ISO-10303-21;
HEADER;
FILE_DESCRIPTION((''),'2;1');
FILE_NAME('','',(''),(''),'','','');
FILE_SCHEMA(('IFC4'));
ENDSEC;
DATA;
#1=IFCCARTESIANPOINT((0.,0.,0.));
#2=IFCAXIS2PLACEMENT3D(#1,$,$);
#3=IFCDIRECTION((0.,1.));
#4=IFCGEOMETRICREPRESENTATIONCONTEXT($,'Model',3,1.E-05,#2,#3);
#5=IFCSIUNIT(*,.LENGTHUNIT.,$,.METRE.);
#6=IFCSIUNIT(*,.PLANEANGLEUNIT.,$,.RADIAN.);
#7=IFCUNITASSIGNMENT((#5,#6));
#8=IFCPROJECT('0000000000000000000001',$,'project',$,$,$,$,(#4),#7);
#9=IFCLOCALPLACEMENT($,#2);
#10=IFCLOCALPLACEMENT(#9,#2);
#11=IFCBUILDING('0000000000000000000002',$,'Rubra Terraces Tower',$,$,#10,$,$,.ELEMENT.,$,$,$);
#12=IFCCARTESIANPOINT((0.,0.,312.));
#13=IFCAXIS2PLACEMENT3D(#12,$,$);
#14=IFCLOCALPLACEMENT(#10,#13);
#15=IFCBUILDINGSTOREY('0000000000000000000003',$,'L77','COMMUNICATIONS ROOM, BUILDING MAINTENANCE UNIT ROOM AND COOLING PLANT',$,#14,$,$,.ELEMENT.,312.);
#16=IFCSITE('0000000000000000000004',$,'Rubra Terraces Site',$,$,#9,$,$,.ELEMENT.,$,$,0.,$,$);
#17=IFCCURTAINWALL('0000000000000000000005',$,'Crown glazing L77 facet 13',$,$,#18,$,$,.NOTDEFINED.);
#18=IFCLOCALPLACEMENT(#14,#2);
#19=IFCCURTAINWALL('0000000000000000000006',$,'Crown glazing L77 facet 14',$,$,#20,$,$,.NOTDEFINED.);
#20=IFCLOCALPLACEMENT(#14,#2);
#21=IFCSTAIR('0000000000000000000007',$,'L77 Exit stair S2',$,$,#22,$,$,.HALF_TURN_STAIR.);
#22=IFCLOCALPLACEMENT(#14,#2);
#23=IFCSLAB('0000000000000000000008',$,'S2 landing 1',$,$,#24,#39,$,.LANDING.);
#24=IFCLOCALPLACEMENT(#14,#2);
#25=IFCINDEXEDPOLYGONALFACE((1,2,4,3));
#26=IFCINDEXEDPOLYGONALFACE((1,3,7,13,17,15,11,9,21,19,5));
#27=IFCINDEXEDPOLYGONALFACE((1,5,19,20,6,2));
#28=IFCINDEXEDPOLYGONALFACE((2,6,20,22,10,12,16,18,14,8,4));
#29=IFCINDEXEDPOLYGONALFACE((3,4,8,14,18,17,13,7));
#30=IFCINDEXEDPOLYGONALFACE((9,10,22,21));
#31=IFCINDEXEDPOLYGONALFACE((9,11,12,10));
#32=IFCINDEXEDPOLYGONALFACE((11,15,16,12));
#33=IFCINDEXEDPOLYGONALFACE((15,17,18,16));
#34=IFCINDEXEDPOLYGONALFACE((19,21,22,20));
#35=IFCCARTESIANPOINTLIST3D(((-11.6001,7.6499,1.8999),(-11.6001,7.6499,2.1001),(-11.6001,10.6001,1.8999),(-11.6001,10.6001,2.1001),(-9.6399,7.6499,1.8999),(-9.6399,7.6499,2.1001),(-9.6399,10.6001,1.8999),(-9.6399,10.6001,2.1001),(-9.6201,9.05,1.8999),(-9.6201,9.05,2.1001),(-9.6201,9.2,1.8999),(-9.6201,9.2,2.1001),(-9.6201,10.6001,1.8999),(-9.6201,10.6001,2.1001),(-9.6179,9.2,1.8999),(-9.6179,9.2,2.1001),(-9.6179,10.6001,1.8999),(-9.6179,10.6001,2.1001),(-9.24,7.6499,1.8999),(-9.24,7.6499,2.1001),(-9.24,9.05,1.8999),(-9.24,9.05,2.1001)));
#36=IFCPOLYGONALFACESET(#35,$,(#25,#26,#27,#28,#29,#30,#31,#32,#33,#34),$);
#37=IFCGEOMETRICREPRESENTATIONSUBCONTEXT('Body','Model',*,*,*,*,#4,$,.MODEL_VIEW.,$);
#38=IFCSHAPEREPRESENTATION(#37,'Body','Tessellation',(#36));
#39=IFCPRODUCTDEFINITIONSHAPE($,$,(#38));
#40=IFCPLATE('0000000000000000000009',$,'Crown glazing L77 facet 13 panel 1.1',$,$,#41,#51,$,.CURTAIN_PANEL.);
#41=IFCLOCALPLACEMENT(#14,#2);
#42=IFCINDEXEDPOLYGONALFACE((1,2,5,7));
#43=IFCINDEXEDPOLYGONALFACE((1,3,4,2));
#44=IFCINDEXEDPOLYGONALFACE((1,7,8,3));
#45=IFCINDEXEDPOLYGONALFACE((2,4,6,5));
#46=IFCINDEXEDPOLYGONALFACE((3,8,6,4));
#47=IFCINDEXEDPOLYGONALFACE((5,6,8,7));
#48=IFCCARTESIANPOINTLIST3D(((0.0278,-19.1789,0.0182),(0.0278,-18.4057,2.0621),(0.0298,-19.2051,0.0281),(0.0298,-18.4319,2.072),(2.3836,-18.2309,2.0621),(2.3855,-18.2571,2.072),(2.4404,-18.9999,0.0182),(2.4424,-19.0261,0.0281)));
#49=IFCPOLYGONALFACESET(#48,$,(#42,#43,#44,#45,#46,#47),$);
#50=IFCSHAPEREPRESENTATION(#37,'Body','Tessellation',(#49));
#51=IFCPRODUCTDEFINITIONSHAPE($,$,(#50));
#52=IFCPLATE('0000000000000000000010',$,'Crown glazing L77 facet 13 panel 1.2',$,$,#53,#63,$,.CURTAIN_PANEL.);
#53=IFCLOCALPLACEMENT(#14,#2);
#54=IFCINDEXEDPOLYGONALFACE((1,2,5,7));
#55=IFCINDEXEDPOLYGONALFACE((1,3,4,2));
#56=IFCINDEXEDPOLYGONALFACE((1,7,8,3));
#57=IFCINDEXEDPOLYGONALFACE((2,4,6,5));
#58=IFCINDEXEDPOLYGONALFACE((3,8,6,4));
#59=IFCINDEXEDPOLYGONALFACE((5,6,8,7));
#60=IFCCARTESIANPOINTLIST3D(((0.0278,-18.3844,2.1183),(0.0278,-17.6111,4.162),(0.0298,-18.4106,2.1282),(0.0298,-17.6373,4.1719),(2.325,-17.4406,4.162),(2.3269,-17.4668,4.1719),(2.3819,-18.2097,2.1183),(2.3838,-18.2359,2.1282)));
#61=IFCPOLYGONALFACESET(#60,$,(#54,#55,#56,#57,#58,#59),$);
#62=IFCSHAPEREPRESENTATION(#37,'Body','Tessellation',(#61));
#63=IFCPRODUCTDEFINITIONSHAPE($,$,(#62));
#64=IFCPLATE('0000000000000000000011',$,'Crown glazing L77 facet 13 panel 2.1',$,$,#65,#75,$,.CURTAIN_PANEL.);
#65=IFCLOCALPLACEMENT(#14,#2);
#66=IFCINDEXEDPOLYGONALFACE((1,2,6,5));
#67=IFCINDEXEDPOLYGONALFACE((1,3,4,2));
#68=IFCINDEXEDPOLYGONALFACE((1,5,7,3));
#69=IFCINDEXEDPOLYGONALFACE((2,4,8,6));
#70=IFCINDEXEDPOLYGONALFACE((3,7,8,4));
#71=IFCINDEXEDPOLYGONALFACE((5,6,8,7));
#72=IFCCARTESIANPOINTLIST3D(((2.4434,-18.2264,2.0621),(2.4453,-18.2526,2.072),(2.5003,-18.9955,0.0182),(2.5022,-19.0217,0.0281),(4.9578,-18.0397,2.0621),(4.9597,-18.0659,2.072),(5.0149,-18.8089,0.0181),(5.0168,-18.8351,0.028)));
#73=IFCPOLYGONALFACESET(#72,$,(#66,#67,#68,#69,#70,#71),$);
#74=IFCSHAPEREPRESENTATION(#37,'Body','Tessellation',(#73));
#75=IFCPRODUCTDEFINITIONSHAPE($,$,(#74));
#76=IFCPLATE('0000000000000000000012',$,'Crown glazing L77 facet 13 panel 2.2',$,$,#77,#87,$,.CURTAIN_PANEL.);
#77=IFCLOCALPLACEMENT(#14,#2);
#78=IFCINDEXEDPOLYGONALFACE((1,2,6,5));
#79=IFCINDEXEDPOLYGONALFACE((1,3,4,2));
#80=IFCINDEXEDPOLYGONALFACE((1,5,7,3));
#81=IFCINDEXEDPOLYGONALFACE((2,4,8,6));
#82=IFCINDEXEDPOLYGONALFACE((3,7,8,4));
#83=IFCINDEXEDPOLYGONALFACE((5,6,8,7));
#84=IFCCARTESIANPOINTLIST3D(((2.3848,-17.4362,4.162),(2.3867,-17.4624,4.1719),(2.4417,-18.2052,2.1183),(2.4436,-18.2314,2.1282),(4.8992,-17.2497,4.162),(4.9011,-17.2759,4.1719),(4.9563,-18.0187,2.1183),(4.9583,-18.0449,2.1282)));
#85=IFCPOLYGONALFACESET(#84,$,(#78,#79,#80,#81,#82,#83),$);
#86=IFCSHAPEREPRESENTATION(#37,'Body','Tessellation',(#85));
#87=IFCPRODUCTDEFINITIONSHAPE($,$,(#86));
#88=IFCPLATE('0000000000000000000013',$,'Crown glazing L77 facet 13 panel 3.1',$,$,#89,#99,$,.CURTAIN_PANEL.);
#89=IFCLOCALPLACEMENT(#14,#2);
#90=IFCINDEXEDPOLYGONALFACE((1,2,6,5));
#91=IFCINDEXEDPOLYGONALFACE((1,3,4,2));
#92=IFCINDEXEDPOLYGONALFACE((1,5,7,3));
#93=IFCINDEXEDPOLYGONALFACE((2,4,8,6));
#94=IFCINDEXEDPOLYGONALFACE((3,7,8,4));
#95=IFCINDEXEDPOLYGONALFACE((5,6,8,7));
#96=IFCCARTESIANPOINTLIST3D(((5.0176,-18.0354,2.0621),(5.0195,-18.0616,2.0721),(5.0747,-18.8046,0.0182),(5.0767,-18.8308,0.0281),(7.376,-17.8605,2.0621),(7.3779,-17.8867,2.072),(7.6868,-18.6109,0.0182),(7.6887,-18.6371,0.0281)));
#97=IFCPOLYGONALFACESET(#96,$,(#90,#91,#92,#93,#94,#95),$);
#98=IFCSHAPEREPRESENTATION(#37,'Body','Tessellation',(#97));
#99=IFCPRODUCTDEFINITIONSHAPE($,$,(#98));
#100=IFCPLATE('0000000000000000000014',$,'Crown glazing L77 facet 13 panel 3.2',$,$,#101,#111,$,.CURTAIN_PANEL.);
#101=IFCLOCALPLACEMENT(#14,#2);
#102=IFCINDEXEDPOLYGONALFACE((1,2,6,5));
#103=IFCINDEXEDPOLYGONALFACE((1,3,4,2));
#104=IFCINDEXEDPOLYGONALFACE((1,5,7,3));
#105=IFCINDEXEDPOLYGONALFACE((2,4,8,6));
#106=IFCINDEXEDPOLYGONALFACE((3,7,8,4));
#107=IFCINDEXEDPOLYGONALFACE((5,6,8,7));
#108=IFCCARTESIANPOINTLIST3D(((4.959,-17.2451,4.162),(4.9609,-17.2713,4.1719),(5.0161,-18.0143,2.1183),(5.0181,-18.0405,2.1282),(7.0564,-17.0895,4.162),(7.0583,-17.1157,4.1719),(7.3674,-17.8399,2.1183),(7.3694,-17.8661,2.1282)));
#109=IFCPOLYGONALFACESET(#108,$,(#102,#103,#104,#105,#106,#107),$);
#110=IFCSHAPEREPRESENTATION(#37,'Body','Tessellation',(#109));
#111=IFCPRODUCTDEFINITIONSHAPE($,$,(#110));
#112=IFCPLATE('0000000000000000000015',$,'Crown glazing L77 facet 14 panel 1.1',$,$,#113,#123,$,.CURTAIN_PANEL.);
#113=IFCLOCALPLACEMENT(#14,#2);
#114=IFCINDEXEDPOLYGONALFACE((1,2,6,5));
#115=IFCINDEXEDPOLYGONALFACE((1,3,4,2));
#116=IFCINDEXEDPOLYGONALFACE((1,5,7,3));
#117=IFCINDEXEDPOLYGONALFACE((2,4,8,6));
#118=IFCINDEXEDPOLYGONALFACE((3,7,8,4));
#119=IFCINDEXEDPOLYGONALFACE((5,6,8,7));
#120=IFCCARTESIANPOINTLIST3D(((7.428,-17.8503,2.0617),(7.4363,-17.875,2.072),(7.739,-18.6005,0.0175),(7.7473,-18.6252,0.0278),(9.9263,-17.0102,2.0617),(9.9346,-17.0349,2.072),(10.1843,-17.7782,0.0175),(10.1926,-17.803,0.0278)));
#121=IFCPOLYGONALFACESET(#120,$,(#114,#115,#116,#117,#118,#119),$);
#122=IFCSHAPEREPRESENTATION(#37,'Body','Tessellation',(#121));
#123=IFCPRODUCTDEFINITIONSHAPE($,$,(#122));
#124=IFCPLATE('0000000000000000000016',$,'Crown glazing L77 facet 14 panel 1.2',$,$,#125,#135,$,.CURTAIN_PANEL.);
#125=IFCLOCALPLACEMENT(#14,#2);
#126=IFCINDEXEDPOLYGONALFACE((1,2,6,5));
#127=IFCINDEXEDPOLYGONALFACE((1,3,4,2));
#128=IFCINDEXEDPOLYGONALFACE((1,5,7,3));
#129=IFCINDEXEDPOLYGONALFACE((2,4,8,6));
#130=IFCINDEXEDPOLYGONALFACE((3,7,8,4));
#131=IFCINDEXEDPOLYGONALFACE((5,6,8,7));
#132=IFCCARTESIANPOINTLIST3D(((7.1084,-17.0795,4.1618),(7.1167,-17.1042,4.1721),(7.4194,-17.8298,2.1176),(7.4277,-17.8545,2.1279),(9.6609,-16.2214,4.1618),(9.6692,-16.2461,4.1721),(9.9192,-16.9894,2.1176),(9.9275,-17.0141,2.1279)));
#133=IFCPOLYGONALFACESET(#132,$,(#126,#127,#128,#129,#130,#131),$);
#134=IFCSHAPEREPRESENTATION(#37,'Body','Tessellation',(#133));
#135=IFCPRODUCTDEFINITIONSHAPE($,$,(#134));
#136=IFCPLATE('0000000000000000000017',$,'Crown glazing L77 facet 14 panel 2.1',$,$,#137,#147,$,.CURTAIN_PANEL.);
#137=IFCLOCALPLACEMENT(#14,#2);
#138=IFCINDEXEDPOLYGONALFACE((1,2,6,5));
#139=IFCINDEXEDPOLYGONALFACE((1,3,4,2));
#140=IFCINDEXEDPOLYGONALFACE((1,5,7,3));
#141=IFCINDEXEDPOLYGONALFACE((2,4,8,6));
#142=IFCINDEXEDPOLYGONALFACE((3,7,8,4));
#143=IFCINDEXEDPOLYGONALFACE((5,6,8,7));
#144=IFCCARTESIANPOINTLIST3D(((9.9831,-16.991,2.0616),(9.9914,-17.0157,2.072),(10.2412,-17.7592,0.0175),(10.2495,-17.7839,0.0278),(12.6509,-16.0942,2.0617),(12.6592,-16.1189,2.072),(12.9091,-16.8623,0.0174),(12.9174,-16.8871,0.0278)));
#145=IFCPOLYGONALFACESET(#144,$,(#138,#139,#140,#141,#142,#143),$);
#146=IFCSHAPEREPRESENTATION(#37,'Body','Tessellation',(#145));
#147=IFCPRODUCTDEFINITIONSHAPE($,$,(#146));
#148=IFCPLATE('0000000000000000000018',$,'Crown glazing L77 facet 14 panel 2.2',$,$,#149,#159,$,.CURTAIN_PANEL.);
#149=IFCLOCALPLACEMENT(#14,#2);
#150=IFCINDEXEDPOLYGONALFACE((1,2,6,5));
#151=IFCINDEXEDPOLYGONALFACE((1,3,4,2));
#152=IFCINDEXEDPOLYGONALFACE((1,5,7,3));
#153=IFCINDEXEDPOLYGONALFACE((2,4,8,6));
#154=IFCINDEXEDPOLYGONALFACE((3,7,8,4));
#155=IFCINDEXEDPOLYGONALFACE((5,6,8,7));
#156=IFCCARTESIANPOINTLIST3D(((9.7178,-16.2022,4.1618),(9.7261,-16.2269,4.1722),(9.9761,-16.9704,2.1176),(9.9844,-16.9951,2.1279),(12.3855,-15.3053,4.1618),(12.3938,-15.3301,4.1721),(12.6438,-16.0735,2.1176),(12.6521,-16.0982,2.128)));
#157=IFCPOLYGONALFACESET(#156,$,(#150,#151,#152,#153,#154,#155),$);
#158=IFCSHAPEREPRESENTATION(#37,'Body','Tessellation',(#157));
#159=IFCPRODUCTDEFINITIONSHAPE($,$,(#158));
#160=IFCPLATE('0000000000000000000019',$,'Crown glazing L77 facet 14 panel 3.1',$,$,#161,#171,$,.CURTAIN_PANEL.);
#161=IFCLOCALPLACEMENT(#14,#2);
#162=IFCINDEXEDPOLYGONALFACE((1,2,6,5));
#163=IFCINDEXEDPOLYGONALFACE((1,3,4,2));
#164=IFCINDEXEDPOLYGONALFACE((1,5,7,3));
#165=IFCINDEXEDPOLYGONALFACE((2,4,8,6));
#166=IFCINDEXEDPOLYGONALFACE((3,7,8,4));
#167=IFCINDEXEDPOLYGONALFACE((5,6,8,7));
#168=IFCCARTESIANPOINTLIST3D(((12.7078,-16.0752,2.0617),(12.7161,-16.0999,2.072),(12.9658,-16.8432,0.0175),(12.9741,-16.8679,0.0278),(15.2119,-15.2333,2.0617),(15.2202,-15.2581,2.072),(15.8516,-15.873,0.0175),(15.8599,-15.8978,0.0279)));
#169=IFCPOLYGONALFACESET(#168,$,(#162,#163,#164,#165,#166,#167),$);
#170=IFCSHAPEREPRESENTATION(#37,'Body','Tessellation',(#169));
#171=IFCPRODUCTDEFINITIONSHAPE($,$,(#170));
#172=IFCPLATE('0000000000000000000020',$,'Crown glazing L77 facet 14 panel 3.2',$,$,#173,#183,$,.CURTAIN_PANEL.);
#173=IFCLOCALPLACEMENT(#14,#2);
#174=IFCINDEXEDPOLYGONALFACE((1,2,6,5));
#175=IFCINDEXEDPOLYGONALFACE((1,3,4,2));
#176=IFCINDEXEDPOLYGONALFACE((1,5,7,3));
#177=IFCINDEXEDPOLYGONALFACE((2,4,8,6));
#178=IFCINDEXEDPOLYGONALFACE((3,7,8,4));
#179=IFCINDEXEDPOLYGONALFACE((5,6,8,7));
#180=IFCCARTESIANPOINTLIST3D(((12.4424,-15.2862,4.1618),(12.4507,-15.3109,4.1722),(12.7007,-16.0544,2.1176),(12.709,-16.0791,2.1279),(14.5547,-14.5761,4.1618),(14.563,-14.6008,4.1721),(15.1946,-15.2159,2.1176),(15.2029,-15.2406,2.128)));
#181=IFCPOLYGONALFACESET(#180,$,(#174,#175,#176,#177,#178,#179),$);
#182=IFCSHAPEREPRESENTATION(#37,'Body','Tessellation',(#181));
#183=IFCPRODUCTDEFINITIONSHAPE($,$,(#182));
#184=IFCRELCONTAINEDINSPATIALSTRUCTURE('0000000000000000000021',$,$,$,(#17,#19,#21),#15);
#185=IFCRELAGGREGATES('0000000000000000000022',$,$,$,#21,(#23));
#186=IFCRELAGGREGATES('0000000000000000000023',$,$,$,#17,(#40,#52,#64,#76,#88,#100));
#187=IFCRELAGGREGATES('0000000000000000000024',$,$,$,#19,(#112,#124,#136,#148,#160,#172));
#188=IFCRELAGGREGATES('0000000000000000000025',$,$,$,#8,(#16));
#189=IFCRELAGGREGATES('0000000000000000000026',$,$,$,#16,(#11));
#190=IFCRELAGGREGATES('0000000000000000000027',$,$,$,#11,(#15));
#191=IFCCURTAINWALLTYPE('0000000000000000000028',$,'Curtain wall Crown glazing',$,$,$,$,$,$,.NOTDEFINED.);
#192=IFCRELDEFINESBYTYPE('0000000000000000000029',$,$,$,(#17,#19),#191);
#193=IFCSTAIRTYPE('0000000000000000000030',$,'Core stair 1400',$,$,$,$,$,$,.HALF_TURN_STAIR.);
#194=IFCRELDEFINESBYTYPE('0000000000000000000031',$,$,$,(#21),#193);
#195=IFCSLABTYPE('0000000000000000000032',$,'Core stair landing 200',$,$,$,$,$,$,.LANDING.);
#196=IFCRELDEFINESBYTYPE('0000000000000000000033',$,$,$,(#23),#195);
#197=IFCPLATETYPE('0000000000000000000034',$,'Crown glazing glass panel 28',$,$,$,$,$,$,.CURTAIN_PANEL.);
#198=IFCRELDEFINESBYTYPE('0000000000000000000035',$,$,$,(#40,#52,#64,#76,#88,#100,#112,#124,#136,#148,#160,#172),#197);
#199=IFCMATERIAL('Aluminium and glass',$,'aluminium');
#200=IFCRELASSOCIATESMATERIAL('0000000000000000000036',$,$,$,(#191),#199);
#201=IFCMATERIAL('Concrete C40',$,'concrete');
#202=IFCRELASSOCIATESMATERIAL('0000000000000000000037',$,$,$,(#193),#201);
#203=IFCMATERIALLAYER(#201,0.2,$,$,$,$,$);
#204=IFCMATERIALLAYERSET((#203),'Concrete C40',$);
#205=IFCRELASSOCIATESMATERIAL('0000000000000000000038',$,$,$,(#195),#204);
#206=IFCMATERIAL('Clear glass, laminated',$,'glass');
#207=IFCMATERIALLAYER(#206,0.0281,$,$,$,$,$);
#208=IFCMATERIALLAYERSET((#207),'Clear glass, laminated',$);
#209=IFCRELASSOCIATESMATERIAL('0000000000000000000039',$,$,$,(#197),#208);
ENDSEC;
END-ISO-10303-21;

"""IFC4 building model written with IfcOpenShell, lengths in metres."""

from ifc_helpers import new_model, si_unit, direction, frame, origin, place, context, subcontext, project, spatial, polyline, outline, extrude, material, layer, layer_set, type_object, element, aggregate, save


model = new_model("IFC4")

# Units and contexts
model_context = context("Model", 3, precision=1e-05, world=origin(), true_north=direction((0.0, 1.0)))
body_context = subcontext(model_context, "Body", "Model", "MODEL_VIEW")
ifc_project = project(units=[si_unit("LENGTHUNIT", "METRE"), si_unit("PLANEANGLEUNIT", "RADIAN")], contexts=[model_context])

# Site, building, storey
site_placement = place(None, origin())
site = spatial("IfcSite", under=ifc_project, at=site_placement, Name="Rubra Terraces Site", CompositionType="ELEMENT", RefElevation=0.0)
building_placement = place(site_placement, origin())
building = spatial("IfcBuilding", under=site, at=building_placement, Name="Rubra Terraces Tower", CompositionType="ELEMENT")
storey_placement = place(building_placement, frame((0.0, 0.0, 312.0)))
storey = spatial("IfcBuildingStorey", under=building, at=storey_placement, Name="L77", Description="COMMUNICATIONS ROOM, BUILDING MAINTENANCE UNIT ROOM AND COOLING PLANT", CompositionType="ELEMENT", Elevation=312.0)

# Curtain walls
ifc_material_1 = material(Name="Aluminium and glass", Category="aluminium")
curtain_wall_type = type_object("IfcCurtainWallType", Name="Curtain wall Crown glazing", PredefinedType="NOTDEFINED", material=ifc_material_1)
curtain_wall_1_placement = place(storey_placement, origin())
curtain_wall_1 = element("IfcCurtainWall", 1, at=curtain_wall_1_placement, inside=storey, type_object=curtain_wall_type, Name="Crown glazing L77 facet 13", PredefinedType="NOTDEFINED")
curtain_wall_2_placement = place(storey_placement, origin())
curtain_wall_2 = element("IfcCurtainWall", 2, at=curtain_wall_2_placement, inside=storey, type_object=curtain_wall_type, Name="Crown glazing L77 facet 14", PredefinedType="NOTDEFINED")

# Shared definitions
ifc_material_2 = material(Name="Concrete C40", Category="concrete")

# Stair, slab
stair_type = type_object("IfcStairType", Name="Core stair 1400", PredefinedType="HALF_TURN_STAIR", material=ifc_material_2)
ifc_layer_1 = layer(ifc_material_2, 0.2)
ifc_layer_set_1 = layer_set([ifc_layer_1], Name="Concrete C40")
slab_type_1 = type_object("IfcSlabType", Name="Core stair landing 200", PredefinedType="LANDING", material=ifc_layer_set_1)
stair_1_placement = place(storey_placement, origin())
stair_1 = element("IfcStair", 3, at=stair_1_placement, inside=storey, type_object=stair_type, Name="L77 Exit stair S2", PredefinedType="HALF_TURN_STAIR")
slab_1_placement = place(storey_placement, frame((0.0, 0.0, 1.8999)))
slab_1 = element("IfcSlab", 4, at=slab_1_placement, type_object=slab_type_1, Name="S2 landing 1", PredefinedType="LANDING", context=body_context, shape_type="SweptSolid", body=[
    extrude(outline(polyline([(-9.24, 9.05), (-9.24, 7.6499), (-9.6399, 7.6499), (-11.6001, 7.6499), (-11.6001, 10.6001), (-9.6399, 10.6001), (-9.6201, 10.6001), (-9.6179, 10.6001), (-9.6179, 9.2), (-9.6201, 9.2), (-9.6201, 9.05), (-9.24, 9.05)])), origin(), (0.0, 0.0, 1.0), 0.2002),
])
aggregate(stair_1, [slab_1])

# Plates
ifc_material_3 = material(Name="Clear glass, laminated", Category="glass")
ifc_layer_2 = layer(ifc_material_3, 0.0281)
ifc_layer_set_2 = layer_set([ifc_layer_2], Name="Clear glass, laminated")
plate_type = type_object("IfcPlateType", Name="Crown glazing glass panel 28", PredefinedType="CURTAIN_PANEL", material=ifc_layer_set_2)
plate_1_placement = place(storey_placement, frame((0.0298, -19.2051, 0.0281), z_axis=(0.069224, -0.933066, 0.352981), x_axis=(0.997259, 0.073985, -0.000005)))
plate_1 = element("IfcPlate", 5, at=plate_1_placement, type_object=plate_type, Name="Crown glazing L77 facet 13 panel 1.1", PredefinedType="CURTAIN_PANEL", context=body_context, shape_type="SweptSolid", body=[
    extrude(outline(polyline([(0.0, 0.0), (2.4192, 0.0), (2.4194, 2.1846), (0.0572, 2.1846), (0.0, 0.0)])), origin(), (0.0, 0.0, -1.0), 0.0281),
])
plate_2_placement = place(storey_placement, frame((0.0298, -18.4106, 2.1282), z_axis=(0.069251, -0.933032, 0.353066), x_axis=(0.997257, 0.074023, 0.000012)))
plate_2 = element("IfcPlate", 6, at=plate_2_placement, type_object=plate_type, Name="Crown glazing L77 facet 13 panel 1.2", PredefinedType="CURTAIN_PANEL", context=body_context, shape_type="SweptSolid", body=[
    extrude(outline(polyline([(0.0, 0.0), (2.3605, 0.0), (2.3607, 2.1843), (0.0573, 2.1844), (0.0, 0.0)])), origin(), (0.0, 0.0, -1.0), 0.0281),
])
plate_3_placement = place(storey_placement, frame((2.5022, -19.0217, 0.0281), z_axis=(0.069257, -0.933039, 0.353047), x_axis=(0.997257, 0.074017, -0.000017)))
plate_3 = element("IfcPlate", 7, at=plate_3_placement, type_object=plate_type, Name="Crown glazing L77 facet 13 panel 2.1", PredefinedType="CURTAIN_PANEL", context=body_context, shape_type="SweptSolid", body=[
    extrude(outline(polyline([(0.0, 0.0), (2.5216, 0.0), (2.5215, 2.1847), (0.0002, 2.1846), (0.0, 0.0)])), origin(), (0.0, 0.0, -1.0), 0.0281),
])
plate_4_placement = place(storey_placement, frame((2.4436, -18.2314, 2.1282), z_axis=(0.069212, -0.933047, 0.353035), x_axis=(0.99726, 0.073975, -0.000001)))
plate_4 = element("IfcPlate", 8, at=plate_4_placement, type_object=plate_type, Name="Crown glazing L77 facet 13 panel 2.2", PredefinedType="CURTAIN_PANEL", context=body_context, shape_type="SweptSolid", body=[
    extrude(outline(polyline([(0.0, 0.0), (2.5216, 0.0), (2.5215, 2.1844), (0.0002, 2.1843), (0.0, 0.0)])), origin(), (0.0, 0.0, -1.0), 0.0281),
])
plate_5_placement = place(storey_placement, frame((5.0767, -18.8308, 0.0281), z_axis=(0.069202, -0.93304, 0.353054), x_axis=(0.99726, 0.073971, 0.000014)))
plate_5 = element("IfcPlate", 9, at=plate_5_placement, type_object=plate_type, Name="Crown glazing L77 facet 13 panel 3.1", PredefinedType="CURTAIN_PANEL", context=body_context, shape_type="SweptSolid", body=[
    extrude(outline(polyline([(0.0, 0.0), (2.6192, 0.0), (2.3648, 2.1846), (0.0, 2.1847), (0.0, 0.0)])), origin(), (0.0, 0.0, -1.0), 0.0281),
])
plate_6_placement = place(storey_placement, frame((5.0181, -18.0405, 2.1282), z_axis=(0.069227, -0.933023, 0.353096), x_axis=(0.997258, 0.073998, 0.000014)))
plate_6 = element("IfcPlate", 10, at=plate_6_placement, type_object=plate_type, Name="Crown glazing L77 facet 13 panel 3.2", PredefinedType="CURTAIN_PANEL", context=body_context, shape_type="SweptSolid", body=[
    extrude(outline(polyline([(0.0, 0.0), (2.3578, 0.0), (2.1032, 2.1844), (0.0, 2.1844), (0.0, 0.0)])), origin(), (0.0, 0.0, -1.0), 0.0281),
])
aggregate(curtain_wall_1, [plate_1, plate_2, plate_3, plate_4, plate_5, plate_6])
plate_7_placement = place(storey_placement, frame((7.7473, -18.6252, 0.0278), z_axis=(0.296299, -0.881152, 0.36848), x_axis=(0.947847, 0.318726, 0.0)))
plate_7 = element("IfcPlate", 11, at=plate_7_placement, type_object=plate_type, Name="Crown glazing L77 facet 14 panel 1.1", PredefinedType="CURTAIN_PANEL", context=body_context, shape_type="SweptSolid", body=[
    extrude(outline(polyline([(0.0, 0.0), (2.5799, 0.0), (2.5801, 2.1989), (-0.0557, 2.1989), (0.0, 0.0)])), origin(), (0.0, 0.0, -1.0), 0.0281),
])
plate_8_placement = place(storey_placement, frame((7.4277, -17.8545, 2.1279), z_axis=(0.296235, -0.881168, 0.368494), x_axis=(0.94787, 0.318657, -0.000006)))
plate_8 = element("IfcPlate", 12, at=plate_8_placement, type_object=plate_type, Name="Crown glazing L77 facet 14 panel 1.2", PredefinedType="CURTAIN_PANEL", context=body_context, shape_type="SweptSolid", body=[
    extrude(outline(polyline([(0.0, 0.0), (2.6372, 0.0), (2.6371, 2.1989), (-0.0558, 2.1989), (0.0, 0.0)])), origin(), (0.0, 0.0, -1.0), 0.0281),
])
plate_9_placement = place(storey_placement, frame((10.2495, -17.7839, 0.0278), z_axis=(0.296218, -0.881154, 0.368542), x_axis=(0.947876, 0.31864, -0.000019)))
plate_9 = element("IfcPlate", 13, at=plate_9_placement, type_object=plate_type, Name="Crown glazing L77 facet 14 panel 2.1", PredefinedType="CURTAIN_PANEL", context=body_context, shape_type="SweptSolid", body=[
    extrude(outline(polyline([(0.0, 0.0), (2.8146, 0.0), (2.8146, 2.199), (0.0001, 2.1989), (0.0, 0.0)])), origin(), (0.0, 0.0, -1.0), 0.0281),
])
plate_10_placement = place(storey_placement, frame((9.9844, -16.9951, 2.1279), z_axis=(0.296228, -0.881144, 0.368557), x_axis=(0.947867, 0.318665, 0.000014)))
plate_10 = element("IfcPlate", 14, at=plate_10_placement, type_object=plate_type, Name="Crown glazing L77 facet 14 panel 2.2", PredefinedType="CURTAIN_PANEL", context=body_context, shape_type="SweptSolid", body=[
    extrude(outline(polyline([(0.0, 0.0), (2.8145, 0.0), (2.8144, 2.1989), (0.0, 2.199), (0.0, 0.0)])), origin(), (0.0, 0.0, -1.0), 0.0281),
])
plate_11_placement = place(storey_placement, frame((12.9741, -16.8679, 0.0278), z_axis=(0.296242, -0.881181, 0.368457), x_axis=(0.947868, 0.318664, 0.000007)))
plate_11 = element("IfcPlate", 15, at=plate_11_placement, type_object=plate_type, Name="Crown glazing L77 facet 14 panel 3.1", PredefinedType="CURTAIN_PANEL", context=body_context, shape_type="SweptSolid", body=[
    extrude(outline(polyline([(0.0, 0.0), (3.0445, 0.0), (2.642, 2.1989), (0.0002, 2.1989), (0.0, 0.0)])), origin(), (0.0, 0.0, -1.0), 0.0281),
])
plate_12_placement = place(storey_placement, frame((12.709, -16.0791, 2.1279), z_axis=(0.296239, -0.88115, 0.368533), x_axis=(0.947863, 0.318677, 0.000023)))
plate_12 = element("IfcPlate", 16, at=plate_12_placement, type_object=plate_type, Name="Crown glazing L77 facet 14 panel 3.2", PredefinedType="CURTAIN_PANEL", context=body_context, shape_type="SweptSolid", body=[
    extrude(outline(polyline([(0.0, 0.0), (2.6311, 0.0), (2.2285, 2.1989), (0.0001, 2.199), (0.0, 0.0)])), origin(), (0.0, 0.0, -1.0), 0.0281),
])
aggregate(curtain_wall_2, [plate_7, plate_8, plate_9, plate_10, plate_11, plate_12])

save(model, "model.ifc")
